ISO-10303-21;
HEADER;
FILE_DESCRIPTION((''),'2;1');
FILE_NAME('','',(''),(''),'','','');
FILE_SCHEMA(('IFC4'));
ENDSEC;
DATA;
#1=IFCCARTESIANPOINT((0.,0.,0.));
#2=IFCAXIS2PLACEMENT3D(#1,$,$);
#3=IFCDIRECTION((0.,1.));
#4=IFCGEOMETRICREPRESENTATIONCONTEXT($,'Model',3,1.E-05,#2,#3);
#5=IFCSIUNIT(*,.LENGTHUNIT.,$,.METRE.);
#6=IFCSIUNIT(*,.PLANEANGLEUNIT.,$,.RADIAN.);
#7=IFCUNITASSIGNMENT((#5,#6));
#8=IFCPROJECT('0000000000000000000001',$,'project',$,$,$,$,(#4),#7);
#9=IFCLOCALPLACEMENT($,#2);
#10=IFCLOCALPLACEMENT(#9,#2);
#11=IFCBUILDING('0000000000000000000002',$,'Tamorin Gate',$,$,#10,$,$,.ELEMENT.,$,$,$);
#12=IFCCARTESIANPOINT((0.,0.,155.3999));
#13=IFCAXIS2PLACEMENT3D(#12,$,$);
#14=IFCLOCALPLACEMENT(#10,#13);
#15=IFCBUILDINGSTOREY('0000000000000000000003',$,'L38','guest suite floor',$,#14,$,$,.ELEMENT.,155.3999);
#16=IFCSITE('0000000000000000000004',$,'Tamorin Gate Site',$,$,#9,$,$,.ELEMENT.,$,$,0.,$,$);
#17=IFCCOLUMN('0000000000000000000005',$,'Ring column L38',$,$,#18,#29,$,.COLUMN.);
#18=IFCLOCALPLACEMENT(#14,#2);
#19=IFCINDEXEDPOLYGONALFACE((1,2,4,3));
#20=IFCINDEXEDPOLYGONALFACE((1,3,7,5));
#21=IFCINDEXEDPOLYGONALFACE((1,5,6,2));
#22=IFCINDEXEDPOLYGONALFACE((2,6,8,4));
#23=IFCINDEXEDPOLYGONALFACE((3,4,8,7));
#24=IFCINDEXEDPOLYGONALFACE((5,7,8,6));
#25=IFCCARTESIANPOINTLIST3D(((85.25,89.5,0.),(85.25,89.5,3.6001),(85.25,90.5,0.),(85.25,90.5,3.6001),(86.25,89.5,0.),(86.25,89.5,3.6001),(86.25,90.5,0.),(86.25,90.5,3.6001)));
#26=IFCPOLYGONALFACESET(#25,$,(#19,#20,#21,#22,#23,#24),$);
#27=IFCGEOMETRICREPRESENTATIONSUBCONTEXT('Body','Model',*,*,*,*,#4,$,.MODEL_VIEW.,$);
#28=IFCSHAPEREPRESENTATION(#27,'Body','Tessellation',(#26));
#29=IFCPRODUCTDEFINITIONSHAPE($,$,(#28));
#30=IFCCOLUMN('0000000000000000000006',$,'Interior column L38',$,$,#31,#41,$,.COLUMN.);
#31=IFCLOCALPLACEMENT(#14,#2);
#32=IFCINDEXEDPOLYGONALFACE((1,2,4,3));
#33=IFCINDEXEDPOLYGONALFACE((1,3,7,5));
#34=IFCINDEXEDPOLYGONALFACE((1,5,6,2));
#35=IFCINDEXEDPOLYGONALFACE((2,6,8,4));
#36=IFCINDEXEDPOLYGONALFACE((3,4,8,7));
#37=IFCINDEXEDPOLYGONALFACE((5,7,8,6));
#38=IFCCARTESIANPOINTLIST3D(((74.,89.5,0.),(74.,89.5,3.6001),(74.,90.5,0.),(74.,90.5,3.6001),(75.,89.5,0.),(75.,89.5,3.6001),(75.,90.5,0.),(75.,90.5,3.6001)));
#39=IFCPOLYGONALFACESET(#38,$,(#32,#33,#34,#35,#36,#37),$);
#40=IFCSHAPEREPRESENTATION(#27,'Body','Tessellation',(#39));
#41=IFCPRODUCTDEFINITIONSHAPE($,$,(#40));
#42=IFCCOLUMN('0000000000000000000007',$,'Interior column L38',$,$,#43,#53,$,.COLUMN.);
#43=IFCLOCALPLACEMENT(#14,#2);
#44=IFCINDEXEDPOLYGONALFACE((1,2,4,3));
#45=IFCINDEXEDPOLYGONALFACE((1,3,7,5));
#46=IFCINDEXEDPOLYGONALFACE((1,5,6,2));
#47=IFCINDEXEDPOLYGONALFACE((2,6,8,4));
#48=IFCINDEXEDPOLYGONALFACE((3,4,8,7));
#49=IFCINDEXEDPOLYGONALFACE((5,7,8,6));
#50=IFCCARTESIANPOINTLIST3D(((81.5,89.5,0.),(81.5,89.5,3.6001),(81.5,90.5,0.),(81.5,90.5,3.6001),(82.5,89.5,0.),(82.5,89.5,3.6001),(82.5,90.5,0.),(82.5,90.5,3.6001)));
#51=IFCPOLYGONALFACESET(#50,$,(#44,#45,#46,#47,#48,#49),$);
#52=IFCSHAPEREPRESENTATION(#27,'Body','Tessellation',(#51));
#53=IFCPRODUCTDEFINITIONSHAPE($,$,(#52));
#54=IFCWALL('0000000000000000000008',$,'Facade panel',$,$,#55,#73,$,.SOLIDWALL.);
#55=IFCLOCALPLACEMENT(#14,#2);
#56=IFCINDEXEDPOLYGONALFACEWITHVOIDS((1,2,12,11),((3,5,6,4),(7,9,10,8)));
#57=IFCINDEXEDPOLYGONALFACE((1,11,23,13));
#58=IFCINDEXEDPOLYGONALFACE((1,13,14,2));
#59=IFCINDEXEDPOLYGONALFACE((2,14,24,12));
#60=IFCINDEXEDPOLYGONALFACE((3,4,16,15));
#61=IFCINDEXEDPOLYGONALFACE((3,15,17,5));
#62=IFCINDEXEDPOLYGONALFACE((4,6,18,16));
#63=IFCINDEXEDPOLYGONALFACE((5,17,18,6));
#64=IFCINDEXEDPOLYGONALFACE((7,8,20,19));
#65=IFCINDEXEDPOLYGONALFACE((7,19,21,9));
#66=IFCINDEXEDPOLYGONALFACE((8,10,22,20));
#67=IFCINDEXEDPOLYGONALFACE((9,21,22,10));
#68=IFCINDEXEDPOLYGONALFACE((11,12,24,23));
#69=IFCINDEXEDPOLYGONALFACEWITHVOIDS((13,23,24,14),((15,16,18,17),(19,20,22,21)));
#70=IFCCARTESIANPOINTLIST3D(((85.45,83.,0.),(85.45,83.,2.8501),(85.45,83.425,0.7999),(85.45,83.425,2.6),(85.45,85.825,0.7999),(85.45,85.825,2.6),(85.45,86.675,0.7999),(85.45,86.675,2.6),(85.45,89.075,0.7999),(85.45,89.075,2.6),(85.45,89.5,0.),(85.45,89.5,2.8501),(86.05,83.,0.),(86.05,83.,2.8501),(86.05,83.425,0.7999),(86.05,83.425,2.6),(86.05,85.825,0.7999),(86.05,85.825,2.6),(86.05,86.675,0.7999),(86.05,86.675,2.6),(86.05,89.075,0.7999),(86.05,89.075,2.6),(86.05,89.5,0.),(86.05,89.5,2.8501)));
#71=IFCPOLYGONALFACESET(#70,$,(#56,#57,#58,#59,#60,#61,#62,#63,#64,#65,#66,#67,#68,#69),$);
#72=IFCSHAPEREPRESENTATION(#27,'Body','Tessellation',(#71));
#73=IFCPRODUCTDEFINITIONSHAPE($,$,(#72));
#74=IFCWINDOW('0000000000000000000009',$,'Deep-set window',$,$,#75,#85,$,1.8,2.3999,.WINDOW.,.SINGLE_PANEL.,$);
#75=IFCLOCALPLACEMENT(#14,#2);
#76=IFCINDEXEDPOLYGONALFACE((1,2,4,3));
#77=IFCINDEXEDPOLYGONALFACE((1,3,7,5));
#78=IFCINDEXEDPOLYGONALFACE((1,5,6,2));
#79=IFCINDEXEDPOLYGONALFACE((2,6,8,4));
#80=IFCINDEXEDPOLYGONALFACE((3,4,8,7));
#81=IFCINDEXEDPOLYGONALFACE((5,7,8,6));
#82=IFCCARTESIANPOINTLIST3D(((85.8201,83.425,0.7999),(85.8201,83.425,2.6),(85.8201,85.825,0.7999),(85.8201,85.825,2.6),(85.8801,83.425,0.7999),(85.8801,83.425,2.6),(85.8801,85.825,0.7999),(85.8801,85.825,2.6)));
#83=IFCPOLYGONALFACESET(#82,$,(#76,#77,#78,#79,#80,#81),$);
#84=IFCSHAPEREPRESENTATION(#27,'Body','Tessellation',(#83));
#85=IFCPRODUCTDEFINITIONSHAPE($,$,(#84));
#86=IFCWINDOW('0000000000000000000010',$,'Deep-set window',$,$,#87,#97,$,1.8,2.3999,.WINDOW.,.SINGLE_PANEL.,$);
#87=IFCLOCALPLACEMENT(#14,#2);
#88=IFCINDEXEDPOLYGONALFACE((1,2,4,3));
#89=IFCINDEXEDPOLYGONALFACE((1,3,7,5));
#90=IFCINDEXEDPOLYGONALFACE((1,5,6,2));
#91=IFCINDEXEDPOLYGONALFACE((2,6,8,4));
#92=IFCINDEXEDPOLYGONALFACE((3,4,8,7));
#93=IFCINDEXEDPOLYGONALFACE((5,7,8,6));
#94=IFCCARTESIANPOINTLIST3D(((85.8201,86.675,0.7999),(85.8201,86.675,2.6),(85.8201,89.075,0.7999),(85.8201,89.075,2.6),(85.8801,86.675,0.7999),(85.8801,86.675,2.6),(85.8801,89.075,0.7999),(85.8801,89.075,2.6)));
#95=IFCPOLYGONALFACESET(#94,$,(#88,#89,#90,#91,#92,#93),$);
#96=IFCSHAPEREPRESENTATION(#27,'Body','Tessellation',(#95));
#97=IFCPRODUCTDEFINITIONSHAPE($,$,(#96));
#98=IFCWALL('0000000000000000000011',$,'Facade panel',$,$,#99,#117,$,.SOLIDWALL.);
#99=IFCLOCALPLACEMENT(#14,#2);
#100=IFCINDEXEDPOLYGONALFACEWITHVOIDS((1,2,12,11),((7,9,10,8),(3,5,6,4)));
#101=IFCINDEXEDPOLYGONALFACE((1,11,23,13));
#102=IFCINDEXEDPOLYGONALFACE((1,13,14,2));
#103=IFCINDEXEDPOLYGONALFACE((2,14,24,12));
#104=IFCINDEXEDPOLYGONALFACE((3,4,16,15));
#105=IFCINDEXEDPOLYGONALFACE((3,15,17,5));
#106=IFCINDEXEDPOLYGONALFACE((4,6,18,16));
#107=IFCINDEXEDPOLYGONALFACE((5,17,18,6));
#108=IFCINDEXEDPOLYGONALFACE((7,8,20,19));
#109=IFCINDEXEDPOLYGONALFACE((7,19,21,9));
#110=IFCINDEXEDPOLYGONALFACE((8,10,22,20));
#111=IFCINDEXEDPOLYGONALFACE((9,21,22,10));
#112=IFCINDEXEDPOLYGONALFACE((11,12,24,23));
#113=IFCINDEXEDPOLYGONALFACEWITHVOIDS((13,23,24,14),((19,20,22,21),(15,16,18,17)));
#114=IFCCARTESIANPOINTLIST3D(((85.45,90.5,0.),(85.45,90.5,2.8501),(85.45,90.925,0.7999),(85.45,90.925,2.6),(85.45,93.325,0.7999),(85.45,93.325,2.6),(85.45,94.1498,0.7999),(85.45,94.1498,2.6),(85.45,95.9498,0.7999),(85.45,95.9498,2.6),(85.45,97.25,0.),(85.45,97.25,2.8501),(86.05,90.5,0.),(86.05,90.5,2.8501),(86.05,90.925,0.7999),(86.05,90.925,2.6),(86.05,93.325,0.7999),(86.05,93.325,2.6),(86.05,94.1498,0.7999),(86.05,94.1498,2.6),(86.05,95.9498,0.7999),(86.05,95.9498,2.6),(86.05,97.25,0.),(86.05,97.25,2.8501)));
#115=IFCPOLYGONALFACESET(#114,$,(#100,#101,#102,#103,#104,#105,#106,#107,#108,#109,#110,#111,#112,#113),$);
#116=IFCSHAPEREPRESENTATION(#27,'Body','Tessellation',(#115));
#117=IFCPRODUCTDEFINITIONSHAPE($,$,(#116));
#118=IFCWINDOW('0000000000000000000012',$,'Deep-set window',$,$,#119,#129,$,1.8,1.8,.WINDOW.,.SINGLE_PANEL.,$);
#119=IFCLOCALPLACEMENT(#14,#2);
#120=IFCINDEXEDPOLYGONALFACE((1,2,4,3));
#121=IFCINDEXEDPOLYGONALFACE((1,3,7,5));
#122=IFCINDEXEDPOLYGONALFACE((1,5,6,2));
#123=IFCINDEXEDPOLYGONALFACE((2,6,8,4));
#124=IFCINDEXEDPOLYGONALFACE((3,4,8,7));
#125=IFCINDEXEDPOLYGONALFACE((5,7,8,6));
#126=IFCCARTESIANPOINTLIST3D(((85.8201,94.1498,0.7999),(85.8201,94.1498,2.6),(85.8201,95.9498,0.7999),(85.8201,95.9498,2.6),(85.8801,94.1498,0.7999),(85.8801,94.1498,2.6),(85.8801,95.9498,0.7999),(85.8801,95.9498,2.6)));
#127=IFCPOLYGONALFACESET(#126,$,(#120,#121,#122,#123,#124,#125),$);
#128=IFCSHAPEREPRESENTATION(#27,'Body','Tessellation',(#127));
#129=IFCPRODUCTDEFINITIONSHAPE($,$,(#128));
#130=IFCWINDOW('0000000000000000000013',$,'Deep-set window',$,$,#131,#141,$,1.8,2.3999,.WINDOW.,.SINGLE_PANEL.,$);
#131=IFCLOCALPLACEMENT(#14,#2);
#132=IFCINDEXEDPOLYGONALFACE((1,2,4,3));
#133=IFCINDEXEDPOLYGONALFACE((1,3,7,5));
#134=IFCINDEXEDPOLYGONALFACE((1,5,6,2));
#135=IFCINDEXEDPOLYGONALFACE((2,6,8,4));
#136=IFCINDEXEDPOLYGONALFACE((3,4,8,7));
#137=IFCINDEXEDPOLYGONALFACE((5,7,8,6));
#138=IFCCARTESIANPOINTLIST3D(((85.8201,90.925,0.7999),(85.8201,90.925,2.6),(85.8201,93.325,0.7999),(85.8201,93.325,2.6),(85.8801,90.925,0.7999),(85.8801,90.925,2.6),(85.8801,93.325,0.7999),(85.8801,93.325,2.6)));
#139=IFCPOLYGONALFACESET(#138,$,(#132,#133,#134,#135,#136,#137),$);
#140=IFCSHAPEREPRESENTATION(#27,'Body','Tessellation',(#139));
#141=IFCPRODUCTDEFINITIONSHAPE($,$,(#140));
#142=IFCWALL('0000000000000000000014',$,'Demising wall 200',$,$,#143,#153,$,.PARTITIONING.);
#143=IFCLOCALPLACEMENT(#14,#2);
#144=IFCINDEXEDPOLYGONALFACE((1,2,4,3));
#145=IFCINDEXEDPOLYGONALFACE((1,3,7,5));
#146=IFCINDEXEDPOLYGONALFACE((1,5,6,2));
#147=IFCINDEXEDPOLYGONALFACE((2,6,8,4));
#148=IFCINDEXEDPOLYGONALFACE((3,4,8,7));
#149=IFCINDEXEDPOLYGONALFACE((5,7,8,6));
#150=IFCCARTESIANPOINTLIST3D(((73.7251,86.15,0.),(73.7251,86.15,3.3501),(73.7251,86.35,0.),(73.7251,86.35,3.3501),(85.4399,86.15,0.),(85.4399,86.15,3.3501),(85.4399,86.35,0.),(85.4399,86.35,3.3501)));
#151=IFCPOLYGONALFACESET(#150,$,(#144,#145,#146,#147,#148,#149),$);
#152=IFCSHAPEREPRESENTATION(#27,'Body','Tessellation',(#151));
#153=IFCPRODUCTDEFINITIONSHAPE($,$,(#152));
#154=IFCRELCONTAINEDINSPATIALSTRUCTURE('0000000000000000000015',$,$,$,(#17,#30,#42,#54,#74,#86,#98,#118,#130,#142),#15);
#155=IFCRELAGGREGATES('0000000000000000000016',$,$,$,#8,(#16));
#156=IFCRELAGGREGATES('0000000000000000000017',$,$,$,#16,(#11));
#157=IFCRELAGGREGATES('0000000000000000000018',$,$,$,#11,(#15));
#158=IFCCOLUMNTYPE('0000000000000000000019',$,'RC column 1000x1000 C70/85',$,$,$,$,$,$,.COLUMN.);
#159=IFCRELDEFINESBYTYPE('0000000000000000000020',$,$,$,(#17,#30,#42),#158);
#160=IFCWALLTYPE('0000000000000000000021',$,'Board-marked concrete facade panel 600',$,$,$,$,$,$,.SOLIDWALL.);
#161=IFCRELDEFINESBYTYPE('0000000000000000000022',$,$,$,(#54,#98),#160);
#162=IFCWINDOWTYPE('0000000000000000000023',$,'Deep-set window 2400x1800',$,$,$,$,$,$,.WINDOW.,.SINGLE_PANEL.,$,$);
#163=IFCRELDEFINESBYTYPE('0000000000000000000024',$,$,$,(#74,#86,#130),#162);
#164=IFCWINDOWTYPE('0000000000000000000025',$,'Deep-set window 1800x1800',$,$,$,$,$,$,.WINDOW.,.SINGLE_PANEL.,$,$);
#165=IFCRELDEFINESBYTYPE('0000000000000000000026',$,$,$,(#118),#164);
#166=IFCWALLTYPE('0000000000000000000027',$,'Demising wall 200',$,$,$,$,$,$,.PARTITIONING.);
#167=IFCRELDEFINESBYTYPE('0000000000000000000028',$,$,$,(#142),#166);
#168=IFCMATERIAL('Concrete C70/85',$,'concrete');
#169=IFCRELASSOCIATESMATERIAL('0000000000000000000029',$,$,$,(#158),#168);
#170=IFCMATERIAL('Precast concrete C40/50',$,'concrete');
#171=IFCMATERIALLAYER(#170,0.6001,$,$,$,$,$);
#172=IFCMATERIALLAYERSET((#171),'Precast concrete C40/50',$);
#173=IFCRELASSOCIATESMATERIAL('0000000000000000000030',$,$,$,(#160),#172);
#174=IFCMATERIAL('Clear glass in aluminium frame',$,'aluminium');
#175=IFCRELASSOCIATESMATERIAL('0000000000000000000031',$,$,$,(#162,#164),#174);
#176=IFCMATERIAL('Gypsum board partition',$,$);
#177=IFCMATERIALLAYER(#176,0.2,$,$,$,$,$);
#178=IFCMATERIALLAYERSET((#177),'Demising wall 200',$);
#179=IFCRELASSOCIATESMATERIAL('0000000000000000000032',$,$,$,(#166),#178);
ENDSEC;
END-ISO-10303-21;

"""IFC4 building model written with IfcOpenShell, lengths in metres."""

from ifc_helpers import new_model, si_unit, direction, frame, frame_2d, origin, origin_2d, place, context, subcontext, project, spatial, rectangle, extrude, material, layer, layer_set, material_profile, profile_set, type_object, element, fill, save


model = new_model("IFC4")

# Units and contexts
model_context = context("Model", 3, precision=1e-05, world=origin(), true_north=direction((0.0, 1.0)))
body_context = subcontext(model_context, "Body", "Model", "MODEL_VIEW")
ifc_project = project(units=[si_unit("LENGTHUNIT", "METRE"), si_unit("PLANEANGLEUNIT", "RADIAN")], contexts=[model_context])

# Site, building, storey
site_placement = place(None, origin())
site = spatial("IfcSite", under=ifc_project, at=site_placement, Name="Tamorin Gate Site", CompositionType="ELEMENT", RefElevation=0.0)
building_placement = place(site_placement, origin())
building = spatial("IfcBuilding", under=site, at=building_placement, Name="Tamorin Gate", CompositionType="ELEMENT")
storey_placement = place(building_placement, frame((0.0, 0.0, 155.3999)))
storey = spatial("IfcBuildingStorey", under=building, at=storey_placement, Name="L38", Description="guest suite floor", CompositionType="ELEMENT", Elevation=155.3999)

# Columns
ifc_material_1 = material(Name="Concrete C70/85", Category="concrete")
ifc_material_profile = material_profile(ifc_material_1, rectangle(XDim=1.0, YDim=1.0, at=origin_2d()), Name="RC 1000x1000")
ifc_profile_set = profile_set([ifc_material_profile], Name="Concrete C70/85")
column_type = type_object("IfcColumnType", Name="RC column 1000x1000 C70/85", PredefinedType="COLUMN", material=ifc_profile_set)
for number, where, z_axis, x_axis, name in (
    (1, (85.75, 90.0, 0.0), (0.0, 0.0, 1.0), (1.0, 0.0, 0.0), "Ring column L38"),
    (2, (74.5, 90.0, 0.0), (0.0, 0.0, 1.0), (1.0, 0.0, 0.0), "Interior column L38"),
    (3, (82.0, 90.0, 0.0), (0.0, 0.0, 1.0), (1.0, 0.0, 0.0), "Interior column L38"),
):
    element("IfcColumn", number, at=place(storey_placement, frame(where, z_axis=z_axis, x_axis=x_axis)), inside=storey, type_object=column_type, Name=name, PredefinedType="COLUMN", context=body_context, shape_type="SweptSolid", body=[
        extrude(rectangle(XDim=1.0, YDim=1.0, at=origin_2d()), origin(), (0.0, 0.0, 1.0), 3.6001),
    ])

# Walls, openings, windows
ifc_material_2 = material(Name="Precast concrete C40/50", Category="concrete")
ifc_layer_1 = layer(ifc_material_2, 0.6001)
ifc_layer_set_1 = layer_set([ifc_layer_1], Name="Precast concrete C40/50")
wall_type_1 = type_object("IfcWallType", Name="Board-marked concrete facade panel 600", PredefinedType="SOLIDWALL", material=ifc_layer_set_1)
wall_1_placement = place(storey_placement, frame((85.75, 83.0, 0.0), z_axis=(0.0, 0.0, 1.0), x_axis=(0.0, 1.0, 0.0)))
wall_1 = element("IfcWall", 4, at=wall_1_placement, inside=storey, type_object=wall_type_1, Name="Facade panel", PredefinedType="SOLIDWALL", context=body_context, shape_type="SweptSolid", body=[
    extrude(rectangle(XDim=6.5, YDim=0.6001, at=frame_2d((3.25, 0.0))), origin(), (0.0, 0.0, 1.0), 2.8501),
])
opening_1_placement = place(wall_1_placement, frame((0.425, 0.0, 0.8)))
opening_1 = element("IfcOpeningElement", 5, at=opening_1_placement, cuts=wall_1, PredefinedType="OPENING", context=body_context, shape_type="SweptSolid", body=[
    extrude(rectangle(XDim=2.3999, YDim=1.8, at=frame_2d((1.2, 0.8999))), frame((0.0, 0.3101, 0.0), z_axis=(0.0, -1.0, 0.0), x_axis=(1.0, 0.0, 0.0)), (0.0, 0.0, 1.0), 0.6201),
])
opening_2_placement = place(wall_1_placement, frame((3.675, 0.0, 0.8)))
opening_2 = element("IfcOpeningElement", 6, at=opening_2_placement, cuts=wall_1, PredefinedType="OPENING", context=body_context, shape_type="SweptSolid", body=[
    extrude(rectangle(XDim=2.3999, YDim=1.8, at=frame_2d((1.2, 0.8999))), frame((0.0, 0.3101, 0.0), z_axis=(0.0, -1.0, 0.0), x_axis=(1.0, 0.0, 0.0)), (0.0, 0.0, 1.0), 0.6201),
])
ifc_material_3 = material(Name="Clear glass in aluminium frame", Category="aluminium")
window_type_1 = type_object("IfcWindowType", Name="Deep-set window 2400x1800", PartitioningType="SINGLE_PANEL", PredefinedType="WINDOW", material=ifc_material_3)
window_1_placement = place(opening_1_placement, origin())
window_1 = element("IfcWindow", 7, at=window_1_placement, inside=storey, type_object=window_type_1, Name="Deep-set window", OverallHeight=1.8, OverallWidth=2.3999, PartitioningType="SINGLE_PANEL", PredefinedType="WINDOW", context=body_context, shape_type="SweptSolid", body=[
    extrude(rectangle(XDim=2.3999, YDim=1.8, at=frame_2d((1.2, 0.8999))), frame((0.0, -0.0701, 0.0), z_axis=(0.0, -1.0, 0.0), x_axis=(1.0, 0.0, 0.0)), (0.0, 0.0, 1.0), 0.0601),
])
fill(opening_1, window_1)
window_2_placement = place(opening_2_placement, origin())
window_2 = element("IfcWindow", 8, at=window_2_placement, inside=storey, type_object=window_type_1, Name="Deep-set window", OverallHeight=1.8, OverallWidth=2.3999, PartitioningType="SINGLE_PANEL", PredefinedType="WINDOW", context=body_context, shape_type="SweptSolid", body=[
    extrude(rectangle(XDim=2.3999, YDim=1.8, at=frame_2d((1.2, 0.8999))), frame((0.0, -0.0701, 0.0), z_axis=(0.0, -1.0, 0.0), x_axis=(1.0, 0.0, 0.0)), (0.0, 0.0, 1.0), 0.0601),
])
fill(opening_2, window_2)
wall_2_placement = place(storey_placement, frame((85.75, 90.5, 0.0), z_axis=(0.0, 0.0, 1.0), x_axis=(0.0, 1.0, 0.0)))
wall_2 = element("IfcWall", 9, at=wall_2_placement, inside=storey, type_object=wall_type_1, Name="Facade panel", PredefinedType="SOLIDWALL", context=body_context, shape_type="SweptSolid", body=[
    extrude(rectangle(XDim=6.75, YDim=0.6001, at=frame_2d((3.375, 0.0))), origin(), (0.0, 0.0, 1.0), 2.8501),
])
opening_3_placement = place(wall_2_placement, frame((0.425, 0.0, 0.8)))
opening_3 = element("IfcOpeningElement", 10, at=opening_3_placement, cuts=wall_2, PredefinedType="OPENING", context=body_context, shape_type="SweptSolid", body=[
    extrude(rectangle(XDim=2.3999, YDim=1.8, at=frame_2d((1.2, 0.8999))), frame((0.0, 0.3101, 0.0), z_axis=(0.0, -1.0, 0.0), x_axis=(1.0, 0.0, 0.0)), (0.0, 0.0, 1.0), 0.6201),
])
opening_4_placement = place(wall_2_placement, frame((3.6499, 0.0, 0.8)))
opening_4 = element("IfcOpeningElement", 11, at=opening_4_placement, cuts=wall_2, PredefinedType="OPENING", context=body_context, shape_type="SweptSolid", body=[
    extrude(rectangle(XDim=1.8, YDim=1.8, at=frame_2d((0.8999, 0.8999))), frame((0.0, 0.3101, 0.0), z_axis=(0.0, -1.0, 0.0), x_axis=(1.0, 0.0, 0.0)), (0.0, 0.0, 1.0), 0.6201),
])
window_type_2 = type_object("IfcWindowType", Name="Deep-set window 1800x1800", PartitioningType="SINGLE_PANEL", PredefinedType="WINDOW", material=ifc_material_3)
window_3_placement = place(opening_4_placement, origin())
window_3 = element("IfcWindow", 12, at=window_3_placement, inside=storey, type_object=window_type_2, Name="Deep-set window", OverallHeight=1.8, OverallWidth=1.8, PartitioningType="SINGLE_PANEL", PredefinedType="WINDOW", context=body_context, shape_type="SweptSolid", body=[
    extrude(rectangle(XDim=1.8, YDim=1.8, at=frame_2d((0.8999, 0.8999))), frame((0.0, -0.0701, 0.0), z_axis=(0.0, -1.0, 0.0), x_axis=(1.0, 0.0, 0.0)), (0.0, 0.0, 1.0), 0.0601),
])
fill(opening_4, window_3)
window_4_placement = place(opening_3_placement, origin())
window_4 = element("IfcWindow", 13, at=window_4_placement, inside=storey, type_object=window_type_1, Name="Deep-set window", OverallHeight=1.8, OverallWidth=2.3999, PartitioningType="SINGLE_PANEL", PredefinedType="WINDOW", context=body_context, shape_type="SweptSolid", body=[
    extrude(rectangle(XDim=2.3999, YDim=1.8, at=frame_2d((1.2, 0.8999))), frame((0.0, -0.0701, 0.0), z_axis=(0.0, -1.0, 0.0), x_axis=(1.0, 0.0, 0.0)), (0.0, 0.0, 1.0), 0.0601),
])
fill(opening_3, window_4)

# Wall
ifc_material_4 = material(Name="Gypsum board partition")
ifc_layer_2 = layer(ifc_material_4, 0.2)
ifc_layer_set_2 = layer_set([ifc_layer_2], Name="Demising wall 200")
wall_type_2 = type_object("IfcWallType", Name="Demising wall 200", PredefinedType="PARTITIONING", material=ifc_layer_set_2)
wall_3_placement = place(storey_placement, frame((73.7251, 86.25, 0.0), z_axis=(0.0, 0.0, 1.0), x_axis=(1.0, 0.0, 0.0)))
element("IfcWall", 14, at=wall_3_placement, inside=storey, type_object=wall_type_2, Name="Demising wall 200", PredefinedType="PARTITIONING", context=body_context, shape_type="SweptSolid", body=[
    extrude(rectangle(XDim=11.7148, YDim=0.2, at=frame_2d((5.8574, 0.0))), origin(), (0.0, 0.0, 1.0), 3.3501),
])

save(model, "model.ifc")
